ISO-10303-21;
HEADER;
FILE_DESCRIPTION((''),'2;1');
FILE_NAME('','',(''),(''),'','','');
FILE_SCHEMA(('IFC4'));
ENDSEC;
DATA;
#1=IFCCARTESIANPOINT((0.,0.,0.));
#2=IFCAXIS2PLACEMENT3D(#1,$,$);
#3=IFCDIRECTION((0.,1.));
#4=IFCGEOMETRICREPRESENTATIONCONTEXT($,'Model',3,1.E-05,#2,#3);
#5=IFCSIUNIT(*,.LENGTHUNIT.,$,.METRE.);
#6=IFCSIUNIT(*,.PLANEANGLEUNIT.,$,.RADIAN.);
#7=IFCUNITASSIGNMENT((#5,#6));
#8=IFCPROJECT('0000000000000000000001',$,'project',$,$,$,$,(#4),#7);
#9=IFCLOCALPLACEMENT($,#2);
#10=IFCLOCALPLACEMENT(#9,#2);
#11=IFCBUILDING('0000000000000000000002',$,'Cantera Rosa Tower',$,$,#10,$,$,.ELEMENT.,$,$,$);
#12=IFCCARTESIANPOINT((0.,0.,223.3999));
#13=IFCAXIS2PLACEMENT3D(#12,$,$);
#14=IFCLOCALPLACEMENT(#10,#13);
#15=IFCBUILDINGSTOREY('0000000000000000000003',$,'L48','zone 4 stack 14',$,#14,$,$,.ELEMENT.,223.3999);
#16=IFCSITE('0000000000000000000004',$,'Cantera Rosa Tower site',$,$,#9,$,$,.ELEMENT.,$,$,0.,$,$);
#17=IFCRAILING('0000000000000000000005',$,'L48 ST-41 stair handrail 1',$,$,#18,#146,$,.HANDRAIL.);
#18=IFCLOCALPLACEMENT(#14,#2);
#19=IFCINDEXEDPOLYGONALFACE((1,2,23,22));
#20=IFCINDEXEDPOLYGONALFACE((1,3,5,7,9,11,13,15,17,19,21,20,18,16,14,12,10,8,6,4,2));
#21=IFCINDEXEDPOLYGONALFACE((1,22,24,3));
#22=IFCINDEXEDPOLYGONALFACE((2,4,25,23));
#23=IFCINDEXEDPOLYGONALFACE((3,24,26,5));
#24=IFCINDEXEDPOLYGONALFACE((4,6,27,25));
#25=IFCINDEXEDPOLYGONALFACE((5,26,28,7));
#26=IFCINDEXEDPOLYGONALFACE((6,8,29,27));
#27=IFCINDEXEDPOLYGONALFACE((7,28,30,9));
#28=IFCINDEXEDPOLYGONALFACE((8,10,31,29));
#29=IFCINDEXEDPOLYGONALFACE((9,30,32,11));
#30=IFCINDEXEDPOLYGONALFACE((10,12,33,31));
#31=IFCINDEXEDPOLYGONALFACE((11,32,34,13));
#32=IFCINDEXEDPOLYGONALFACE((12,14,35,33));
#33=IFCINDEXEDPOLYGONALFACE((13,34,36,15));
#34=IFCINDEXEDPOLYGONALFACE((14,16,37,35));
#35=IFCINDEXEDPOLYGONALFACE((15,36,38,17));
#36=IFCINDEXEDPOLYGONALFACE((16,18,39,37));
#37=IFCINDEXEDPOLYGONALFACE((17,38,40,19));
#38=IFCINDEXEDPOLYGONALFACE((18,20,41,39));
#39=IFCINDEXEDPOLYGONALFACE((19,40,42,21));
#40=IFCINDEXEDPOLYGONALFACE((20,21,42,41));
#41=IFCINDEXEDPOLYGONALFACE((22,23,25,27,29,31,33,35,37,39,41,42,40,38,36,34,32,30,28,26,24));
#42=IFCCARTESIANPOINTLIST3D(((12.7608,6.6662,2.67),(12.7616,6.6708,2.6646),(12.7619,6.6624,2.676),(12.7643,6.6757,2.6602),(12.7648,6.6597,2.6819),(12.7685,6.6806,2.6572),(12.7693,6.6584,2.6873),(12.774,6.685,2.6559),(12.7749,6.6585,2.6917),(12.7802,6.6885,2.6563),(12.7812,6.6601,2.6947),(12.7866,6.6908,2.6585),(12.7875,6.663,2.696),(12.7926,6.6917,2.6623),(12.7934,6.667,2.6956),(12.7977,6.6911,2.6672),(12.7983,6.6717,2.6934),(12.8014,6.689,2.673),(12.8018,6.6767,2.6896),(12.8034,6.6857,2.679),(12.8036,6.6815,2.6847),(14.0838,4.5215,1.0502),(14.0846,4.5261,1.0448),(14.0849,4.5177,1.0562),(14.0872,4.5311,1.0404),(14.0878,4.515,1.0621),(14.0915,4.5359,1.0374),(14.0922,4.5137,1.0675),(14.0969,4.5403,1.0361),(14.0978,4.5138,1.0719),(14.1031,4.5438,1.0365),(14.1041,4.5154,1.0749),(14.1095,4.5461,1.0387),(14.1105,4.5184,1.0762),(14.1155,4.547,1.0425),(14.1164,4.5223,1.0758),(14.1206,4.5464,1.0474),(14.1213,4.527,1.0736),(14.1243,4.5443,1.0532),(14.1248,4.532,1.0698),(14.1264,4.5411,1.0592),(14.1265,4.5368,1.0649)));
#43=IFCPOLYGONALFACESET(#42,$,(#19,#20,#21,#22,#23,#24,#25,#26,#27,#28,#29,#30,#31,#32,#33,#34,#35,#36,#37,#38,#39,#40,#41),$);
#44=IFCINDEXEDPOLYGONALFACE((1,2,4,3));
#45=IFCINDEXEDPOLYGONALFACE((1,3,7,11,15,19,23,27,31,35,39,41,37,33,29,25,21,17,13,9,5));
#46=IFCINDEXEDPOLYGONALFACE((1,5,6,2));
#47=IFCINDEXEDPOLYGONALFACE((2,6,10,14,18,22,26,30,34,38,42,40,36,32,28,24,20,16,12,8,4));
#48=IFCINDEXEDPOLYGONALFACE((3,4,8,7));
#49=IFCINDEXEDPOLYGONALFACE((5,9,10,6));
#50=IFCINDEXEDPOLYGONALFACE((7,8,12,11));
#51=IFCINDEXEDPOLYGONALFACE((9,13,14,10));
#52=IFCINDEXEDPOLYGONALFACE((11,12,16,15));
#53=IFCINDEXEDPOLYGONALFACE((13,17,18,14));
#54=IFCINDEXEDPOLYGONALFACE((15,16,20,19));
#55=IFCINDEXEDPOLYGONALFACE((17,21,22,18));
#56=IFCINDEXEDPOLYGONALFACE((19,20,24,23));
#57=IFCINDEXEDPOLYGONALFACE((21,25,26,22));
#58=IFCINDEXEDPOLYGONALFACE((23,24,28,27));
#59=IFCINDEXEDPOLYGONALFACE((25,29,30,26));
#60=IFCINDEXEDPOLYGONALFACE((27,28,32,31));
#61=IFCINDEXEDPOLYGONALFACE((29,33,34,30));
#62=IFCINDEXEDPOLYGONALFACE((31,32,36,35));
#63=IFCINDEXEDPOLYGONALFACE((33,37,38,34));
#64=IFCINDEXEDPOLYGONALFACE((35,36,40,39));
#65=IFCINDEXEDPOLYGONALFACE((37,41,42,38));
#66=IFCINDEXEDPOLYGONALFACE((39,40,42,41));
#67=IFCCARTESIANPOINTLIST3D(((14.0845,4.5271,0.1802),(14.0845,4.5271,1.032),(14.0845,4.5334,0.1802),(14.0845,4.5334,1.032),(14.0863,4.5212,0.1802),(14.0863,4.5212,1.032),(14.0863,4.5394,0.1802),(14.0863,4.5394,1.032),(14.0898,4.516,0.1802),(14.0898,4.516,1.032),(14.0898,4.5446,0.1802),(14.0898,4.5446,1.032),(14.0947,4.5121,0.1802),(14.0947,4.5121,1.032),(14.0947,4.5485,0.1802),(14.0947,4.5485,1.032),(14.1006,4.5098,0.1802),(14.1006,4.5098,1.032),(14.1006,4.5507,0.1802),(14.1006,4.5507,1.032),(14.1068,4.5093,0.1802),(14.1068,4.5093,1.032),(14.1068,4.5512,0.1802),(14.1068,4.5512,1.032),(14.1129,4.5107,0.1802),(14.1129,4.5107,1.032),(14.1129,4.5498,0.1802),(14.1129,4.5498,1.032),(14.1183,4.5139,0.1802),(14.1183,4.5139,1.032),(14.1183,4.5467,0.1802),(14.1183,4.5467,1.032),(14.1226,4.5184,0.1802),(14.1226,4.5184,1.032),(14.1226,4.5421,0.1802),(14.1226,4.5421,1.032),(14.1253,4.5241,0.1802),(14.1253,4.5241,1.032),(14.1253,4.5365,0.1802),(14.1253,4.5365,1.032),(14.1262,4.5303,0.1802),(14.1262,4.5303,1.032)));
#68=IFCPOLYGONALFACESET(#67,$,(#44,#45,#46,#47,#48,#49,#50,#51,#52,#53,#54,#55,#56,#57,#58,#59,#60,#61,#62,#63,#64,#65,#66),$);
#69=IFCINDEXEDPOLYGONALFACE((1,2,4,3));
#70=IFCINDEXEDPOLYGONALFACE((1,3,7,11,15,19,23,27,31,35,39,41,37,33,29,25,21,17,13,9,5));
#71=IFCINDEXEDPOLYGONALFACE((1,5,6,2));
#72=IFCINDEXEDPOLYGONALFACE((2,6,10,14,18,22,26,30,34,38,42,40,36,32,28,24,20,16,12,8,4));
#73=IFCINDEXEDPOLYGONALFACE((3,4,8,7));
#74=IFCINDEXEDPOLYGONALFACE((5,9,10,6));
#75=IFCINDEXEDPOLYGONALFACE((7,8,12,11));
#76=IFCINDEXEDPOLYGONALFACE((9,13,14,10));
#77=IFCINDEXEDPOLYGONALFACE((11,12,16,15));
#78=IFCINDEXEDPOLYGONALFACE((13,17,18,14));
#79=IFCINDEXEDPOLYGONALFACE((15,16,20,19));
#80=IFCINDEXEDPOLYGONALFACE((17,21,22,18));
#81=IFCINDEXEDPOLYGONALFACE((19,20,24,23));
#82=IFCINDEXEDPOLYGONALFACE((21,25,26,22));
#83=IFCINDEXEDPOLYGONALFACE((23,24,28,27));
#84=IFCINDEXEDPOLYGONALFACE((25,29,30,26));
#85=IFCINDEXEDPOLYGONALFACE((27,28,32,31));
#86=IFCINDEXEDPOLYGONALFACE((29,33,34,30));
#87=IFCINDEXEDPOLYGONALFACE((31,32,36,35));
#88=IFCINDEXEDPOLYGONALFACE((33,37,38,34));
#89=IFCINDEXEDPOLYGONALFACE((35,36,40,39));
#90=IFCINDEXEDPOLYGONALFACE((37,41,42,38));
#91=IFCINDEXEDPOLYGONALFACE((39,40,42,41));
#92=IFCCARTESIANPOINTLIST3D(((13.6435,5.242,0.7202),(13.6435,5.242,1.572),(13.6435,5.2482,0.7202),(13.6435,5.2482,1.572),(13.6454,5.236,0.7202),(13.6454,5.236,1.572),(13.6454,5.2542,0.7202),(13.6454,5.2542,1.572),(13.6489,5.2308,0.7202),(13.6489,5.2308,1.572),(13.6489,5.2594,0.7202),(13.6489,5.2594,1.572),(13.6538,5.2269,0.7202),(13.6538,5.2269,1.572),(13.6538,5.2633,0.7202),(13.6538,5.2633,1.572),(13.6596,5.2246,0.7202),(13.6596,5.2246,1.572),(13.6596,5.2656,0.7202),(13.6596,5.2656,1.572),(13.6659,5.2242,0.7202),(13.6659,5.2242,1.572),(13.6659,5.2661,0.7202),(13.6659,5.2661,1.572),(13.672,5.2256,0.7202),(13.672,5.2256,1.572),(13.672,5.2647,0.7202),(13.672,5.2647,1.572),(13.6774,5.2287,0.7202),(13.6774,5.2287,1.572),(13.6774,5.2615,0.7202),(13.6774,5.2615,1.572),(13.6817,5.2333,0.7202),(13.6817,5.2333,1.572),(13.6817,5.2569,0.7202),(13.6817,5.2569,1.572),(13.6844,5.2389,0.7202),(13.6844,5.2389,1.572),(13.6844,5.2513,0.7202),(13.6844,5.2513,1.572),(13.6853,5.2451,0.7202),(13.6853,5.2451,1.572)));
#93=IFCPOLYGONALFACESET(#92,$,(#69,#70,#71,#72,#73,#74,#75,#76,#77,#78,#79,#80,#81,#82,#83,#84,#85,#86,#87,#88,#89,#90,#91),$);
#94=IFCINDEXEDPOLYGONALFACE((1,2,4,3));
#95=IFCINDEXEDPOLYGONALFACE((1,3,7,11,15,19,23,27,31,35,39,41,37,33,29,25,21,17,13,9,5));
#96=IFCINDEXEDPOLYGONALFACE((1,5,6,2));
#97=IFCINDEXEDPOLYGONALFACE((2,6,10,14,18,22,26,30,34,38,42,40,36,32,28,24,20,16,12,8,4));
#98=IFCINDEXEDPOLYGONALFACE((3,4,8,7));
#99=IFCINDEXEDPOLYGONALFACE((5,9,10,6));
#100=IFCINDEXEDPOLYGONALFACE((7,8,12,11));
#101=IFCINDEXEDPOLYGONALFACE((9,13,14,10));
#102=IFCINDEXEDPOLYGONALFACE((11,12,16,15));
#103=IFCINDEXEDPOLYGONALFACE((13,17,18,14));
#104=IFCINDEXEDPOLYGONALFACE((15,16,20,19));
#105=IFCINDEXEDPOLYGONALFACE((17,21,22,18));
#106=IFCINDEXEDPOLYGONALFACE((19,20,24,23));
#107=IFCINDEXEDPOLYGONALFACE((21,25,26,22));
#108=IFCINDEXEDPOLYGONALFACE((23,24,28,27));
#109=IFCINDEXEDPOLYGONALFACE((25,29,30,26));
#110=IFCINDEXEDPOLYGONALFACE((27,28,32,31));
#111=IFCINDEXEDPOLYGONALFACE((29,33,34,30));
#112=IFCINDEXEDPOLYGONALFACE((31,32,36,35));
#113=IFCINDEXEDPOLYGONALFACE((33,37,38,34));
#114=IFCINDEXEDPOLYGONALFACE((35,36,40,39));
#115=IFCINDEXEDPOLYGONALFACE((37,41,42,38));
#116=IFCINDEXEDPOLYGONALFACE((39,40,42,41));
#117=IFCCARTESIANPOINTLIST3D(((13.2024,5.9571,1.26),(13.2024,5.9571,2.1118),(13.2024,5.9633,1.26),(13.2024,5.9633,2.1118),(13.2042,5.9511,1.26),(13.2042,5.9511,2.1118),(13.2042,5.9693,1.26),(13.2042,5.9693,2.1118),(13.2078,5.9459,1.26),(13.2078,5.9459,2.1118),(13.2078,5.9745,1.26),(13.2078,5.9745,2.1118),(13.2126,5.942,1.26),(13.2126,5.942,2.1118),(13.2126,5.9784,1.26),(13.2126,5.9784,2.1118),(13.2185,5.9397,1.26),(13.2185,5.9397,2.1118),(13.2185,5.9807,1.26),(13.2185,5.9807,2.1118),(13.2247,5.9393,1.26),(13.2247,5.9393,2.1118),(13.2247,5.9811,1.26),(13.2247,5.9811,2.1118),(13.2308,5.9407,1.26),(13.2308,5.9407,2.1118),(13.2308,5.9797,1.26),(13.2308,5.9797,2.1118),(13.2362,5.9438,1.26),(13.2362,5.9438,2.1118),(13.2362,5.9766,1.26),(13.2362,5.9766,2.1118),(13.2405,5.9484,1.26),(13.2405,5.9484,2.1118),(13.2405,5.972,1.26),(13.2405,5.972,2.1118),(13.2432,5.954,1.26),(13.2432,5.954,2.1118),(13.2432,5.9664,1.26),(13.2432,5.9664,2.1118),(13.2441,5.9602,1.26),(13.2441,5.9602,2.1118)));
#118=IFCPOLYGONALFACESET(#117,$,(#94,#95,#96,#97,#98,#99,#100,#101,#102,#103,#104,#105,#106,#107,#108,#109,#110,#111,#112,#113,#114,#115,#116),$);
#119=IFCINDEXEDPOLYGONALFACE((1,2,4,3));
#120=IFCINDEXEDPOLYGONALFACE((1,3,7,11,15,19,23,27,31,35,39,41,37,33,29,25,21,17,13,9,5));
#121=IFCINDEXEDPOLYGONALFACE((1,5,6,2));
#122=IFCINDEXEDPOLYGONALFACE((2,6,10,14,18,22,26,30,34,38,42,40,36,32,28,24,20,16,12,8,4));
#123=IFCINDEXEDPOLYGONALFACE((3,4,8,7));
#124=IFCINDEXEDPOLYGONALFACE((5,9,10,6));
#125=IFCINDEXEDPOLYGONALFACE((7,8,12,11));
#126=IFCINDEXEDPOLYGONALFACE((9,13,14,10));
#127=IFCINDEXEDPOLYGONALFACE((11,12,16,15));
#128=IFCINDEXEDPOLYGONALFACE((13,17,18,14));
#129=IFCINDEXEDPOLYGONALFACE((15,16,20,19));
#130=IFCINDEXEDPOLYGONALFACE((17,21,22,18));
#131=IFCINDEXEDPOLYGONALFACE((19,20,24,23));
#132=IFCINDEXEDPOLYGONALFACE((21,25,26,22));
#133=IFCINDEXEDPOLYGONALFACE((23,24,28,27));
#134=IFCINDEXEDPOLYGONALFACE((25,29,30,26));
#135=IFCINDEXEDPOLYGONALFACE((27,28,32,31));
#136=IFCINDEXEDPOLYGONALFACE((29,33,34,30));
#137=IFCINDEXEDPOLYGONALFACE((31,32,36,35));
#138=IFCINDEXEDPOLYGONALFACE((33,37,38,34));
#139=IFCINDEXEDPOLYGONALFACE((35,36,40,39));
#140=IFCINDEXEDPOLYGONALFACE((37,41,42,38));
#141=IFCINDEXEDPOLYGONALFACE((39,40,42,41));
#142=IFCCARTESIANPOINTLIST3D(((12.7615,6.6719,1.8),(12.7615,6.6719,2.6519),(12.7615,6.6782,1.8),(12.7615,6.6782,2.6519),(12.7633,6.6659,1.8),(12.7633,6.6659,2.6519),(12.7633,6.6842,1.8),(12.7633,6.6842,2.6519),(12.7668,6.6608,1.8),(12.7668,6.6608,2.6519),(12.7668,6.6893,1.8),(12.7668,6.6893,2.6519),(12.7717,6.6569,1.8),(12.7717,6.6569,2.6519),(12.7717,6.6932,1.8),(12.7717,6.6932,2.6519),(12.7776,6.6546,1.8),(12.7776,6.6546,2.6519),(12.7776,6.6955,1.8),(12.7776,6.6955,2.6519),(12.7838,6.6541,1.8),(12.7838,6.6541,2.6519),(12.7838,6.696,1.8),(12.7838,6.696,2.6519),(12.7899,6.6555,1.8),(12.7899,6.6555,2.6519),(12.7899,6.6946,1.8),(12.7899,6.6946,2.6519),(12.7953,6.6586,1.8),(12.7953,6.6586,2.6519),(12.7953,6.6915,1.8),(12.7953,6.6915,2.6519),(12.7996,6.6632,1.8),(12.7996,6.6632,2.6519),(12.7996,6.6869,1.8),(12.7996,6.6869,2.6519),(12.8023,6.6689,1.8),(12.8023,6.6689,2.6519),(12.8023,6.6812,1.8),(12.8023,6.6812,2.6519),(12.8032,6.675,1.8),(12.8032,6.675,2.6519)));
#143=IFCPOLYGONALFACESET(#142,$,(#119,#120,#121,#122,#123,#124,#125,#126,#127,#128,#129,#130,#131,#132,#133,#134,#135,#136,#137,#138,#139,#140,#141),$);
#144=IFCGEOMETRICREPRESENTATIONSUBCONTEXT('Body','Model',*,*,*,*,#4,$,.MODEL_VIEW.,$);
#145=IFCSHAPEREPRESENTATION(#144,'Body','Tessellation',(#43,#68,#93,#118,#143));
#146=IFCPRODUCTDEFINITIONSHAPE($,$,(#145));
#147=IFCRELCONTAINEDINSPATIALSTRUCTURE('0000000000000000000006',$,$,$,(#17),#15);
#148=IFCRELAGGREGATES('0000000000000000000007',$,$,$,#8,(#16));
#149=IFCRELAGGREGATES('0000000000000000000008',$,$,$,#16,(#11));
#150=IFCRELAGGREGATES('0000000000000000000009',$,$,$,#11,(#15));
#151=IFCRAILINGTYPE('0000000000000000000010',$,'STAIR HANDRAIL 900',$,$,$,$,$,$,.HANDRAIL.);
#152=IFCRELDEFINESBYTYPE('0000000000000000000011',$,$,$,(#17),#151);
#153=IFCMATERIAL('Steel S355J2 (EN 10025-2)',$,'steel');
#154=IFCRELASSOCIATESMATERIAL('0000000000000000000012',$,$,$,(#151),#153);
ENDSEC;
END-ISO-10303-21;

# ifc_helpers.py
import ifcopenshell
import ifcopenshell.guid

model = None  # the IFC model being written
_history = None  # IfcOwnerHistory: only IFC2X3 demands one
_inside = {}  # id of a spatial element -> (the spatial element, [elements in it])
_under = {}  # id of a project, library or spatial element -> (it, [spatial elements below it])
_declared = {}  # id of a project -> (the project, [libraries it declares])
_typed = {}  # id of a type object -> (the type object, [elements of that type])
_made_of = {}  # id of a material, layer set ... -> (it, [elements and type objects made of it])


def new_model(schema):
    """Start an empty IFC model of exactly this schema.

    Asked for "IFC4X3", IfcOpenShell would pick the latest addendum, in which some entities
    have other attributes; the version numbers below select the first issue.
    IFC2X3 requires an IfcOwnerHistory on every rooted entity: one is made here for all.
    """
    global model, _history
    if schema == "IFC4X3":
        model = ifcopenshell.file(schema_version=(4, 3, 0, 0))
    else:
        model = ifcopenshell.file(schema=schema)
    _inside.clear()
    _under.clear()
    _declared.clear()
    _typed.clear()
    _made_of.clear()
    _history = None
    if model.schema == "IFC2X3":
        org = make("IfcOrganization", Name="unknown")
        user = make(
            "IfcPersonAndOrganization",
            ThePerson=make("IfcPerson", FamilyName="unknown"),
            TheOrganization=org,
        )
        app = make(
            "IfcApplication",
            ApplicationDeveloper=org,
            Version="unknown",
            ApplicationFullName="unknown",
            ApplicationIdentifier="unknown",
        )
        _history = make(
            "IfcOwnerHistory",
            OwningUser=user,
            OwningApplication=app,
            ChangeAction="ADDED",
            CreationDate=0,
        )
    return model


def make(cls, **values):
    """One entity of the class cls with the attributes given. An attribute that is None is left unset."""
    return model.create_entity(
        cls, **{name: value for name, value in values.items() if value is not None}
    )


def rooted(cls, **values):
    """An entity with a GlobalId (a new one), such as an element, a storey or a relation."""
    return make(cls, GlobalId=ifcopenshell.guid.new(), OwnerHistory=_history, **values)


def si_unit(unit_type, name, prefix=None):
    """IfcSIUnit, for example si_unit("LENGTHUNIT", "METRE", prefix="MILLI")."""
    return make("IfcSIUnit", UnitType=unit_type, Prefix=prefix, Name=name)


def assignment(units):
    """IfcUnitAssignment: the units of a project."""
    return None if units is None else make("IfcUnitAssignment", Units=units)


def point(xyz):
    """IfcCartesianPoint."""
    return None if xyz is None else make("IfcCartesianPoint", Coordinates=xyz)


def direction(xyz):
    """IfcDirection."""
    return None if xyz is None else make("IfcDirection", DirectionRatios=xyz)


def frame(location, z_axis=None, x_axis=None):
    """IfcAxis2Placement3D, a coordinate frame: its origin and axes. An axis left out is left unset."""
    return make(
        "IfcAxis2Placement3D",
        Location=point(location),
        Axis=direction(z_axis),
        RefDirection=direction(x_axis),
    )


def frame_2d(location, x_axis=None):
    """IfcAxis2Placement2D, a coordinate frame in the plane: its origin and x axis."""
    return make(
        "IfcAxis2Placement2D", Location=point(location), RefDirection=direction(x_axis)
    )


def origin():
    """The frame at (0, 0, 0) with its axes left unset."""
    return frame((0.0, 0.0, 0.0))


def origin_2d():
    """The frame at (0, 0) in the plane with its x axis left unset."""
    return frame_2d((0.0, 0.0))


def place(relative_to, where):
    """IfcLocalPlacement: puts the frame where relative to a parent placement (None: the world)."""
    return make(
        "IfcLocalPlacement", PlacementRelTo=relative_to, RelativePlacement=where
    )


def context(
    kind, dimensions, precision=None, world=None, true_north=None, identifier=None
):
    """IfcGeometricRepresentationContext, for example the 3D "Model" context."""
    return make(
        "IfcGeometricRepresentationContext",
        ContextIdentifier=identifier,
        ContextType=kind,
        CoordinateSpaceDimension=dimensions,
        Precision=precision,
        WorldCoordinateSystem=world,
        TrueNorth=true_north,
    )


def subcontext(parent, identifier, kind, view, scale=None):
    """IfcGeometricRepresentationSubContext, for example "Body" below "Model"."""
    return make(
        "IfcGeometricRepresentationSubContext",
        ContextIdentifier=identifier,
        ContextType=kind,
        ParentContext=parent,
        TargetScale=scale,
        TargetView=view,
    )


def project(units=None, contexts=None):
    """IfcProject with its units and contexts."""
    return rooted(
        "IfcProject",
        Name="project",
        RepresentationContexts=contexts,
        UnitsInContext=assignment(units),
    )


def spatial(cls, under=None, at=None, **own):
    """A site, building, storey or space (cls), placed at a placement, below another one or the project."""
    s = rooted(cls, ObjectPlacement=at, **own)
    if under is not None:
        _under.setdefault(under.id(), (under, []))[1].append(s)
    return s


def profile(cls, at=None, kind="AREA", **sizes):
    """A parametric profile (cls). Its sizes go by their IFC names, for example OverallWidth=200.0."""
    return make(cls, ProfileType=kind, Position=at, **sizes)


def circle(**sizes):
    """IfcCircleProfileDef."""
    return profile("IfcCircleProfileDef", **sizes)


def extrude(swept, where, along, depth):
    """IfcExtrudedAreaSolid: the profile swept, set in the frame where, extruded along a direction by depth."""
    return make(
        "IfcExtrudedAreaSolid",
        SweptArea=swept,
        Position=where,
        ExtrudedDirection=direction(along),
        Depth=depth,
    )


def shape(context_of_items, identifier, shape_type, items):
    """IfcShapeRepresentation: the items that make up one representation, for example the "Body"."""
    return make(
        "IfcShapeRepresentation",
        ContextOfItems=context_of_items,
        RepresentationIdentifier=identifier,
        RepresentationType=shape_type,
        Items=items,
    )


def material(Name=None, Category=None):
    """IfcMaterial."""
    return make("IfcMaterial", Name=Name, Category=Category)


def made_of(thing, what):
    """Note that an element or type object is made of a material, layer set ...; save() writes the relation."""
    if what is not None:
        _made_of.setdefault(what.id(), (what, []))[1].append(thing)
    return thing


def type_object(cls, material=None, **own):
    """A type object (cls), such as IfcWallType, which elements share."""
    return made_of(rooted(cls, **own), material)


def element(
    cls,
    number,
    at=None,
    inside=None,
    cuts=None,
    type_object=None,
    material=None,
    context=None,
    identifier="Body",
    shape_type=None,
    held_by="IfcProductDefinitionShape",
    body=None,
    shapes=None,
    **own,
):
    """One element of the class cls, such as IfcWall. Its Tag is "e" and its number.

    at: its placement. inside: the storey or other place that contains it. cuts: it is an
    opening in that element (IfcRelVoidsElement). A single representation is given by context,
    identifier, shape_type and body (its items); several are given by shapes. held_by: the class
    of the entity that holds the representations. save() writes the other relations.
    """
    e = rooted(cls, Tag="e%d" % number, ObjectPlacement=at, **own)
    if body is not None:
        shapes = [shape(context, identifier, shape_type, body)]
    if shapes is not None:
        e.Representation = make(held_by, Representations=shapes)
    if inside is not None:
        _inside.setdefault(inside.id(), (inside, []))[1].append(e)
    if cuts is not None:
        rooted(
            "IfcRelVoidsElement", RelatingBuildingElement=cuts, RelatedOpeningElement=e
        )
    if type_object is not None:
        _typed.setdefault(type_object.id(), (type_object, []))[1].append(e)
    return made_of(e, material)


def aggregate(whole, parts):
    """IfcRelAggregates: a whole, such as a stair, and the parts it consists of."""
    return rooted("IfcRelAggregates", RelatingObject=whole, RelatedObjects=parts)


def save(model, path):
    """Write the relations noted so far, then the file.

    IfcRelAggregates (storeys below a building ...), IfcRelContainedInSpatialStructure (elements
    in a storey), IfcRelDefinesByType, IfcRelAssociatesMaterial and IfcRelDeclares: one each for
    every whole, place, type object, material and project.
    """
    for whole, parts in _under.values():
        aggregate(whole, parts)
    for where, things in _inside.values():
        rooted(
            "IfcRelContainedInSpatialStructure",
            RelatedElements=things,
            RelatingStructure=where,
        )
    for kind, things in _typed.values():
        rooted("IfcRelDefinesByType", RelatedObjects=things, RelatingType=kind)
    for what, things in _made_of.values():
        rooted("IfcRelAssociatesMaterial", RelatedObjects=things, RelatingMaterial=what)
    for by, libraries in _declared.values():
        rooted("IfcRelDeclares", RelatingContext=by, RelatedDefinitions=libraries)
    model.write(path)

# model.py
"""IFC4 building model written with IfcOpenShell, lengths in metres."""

from ifc_helpers import new_model, si_unit, direction, frame, origin, origin_2d, place, context, subcontext, project, spatial, circle, extrude, material, type_object, element, save


model = new_model("IFC4")

# Units and contexts
model_context = context("Model", 3, precision=1e-05, world=origin(), true_north=direction((0.0, 1.0)))
body_context = subcontext(model_context, "Body", "Model", "MODEL_VIEW")
ifc_project = project(units=[si_unit("LENGTHUNIT", "METRE"), si_unit("PLANEANGLEUNIT", "RADIAN")], contexts=[model_context])

# Site, building, storey
site_placement = place(None, origin())
site = spatial("IfcSite", under=ifc_project, at=site_placement, Name="Cantera Rosa Tower site", CompositionType="ELEMENT", RefElevation=0.0)
building_placement = place(site_placement, origin())
building = spatial("IfcBuilding", under=site, at=building_placement, Name="Cantera Rosa Tower", CompositionType="ELEMENT")
storey_placement = place(building_placement, frame((0.0, 0.0, 223.3999)))
storey = spatial("IfcBuildingStorey", under=building, at=storey_placement, Name="L48", Description="zone 4 stack 14", CompositionType="ELEMENT", Elevation=223.3999)

# Railing
ifc_material_1 = material(Name="Steel S355J2 (EN 10025-2)", Category="steel")
railing_type_1 = type_object("IfcRailingType", Name="STAIR HANDRAIL 900", PredefinedType="HANDRAIL", material=ifc_material_1)
railing_1_placement = place(storey_placement, frame((14.1052, 4.5303, 0.1802)))
element("IfcRailing", 1, at=railing_1_placement, inside=storey, type_object=railing_type_1, Name="L48 ST-41 stair handrail 1", PredefinedType="HANDRAIL", context=body_context, shape_type="SweptSolid", body=[
    extrude(circle(Radius=0.0239, at=origin_2d()), frame((0.0, 0.0, 0.876), z_axis=(-0.441629, 0.715945, 0.540728), x_axis=(-0.851102, -0.525, 0.0)), (0.0, 0.0, 1.0), 2.9956),
    extrude(circle(Radius=0.021, at=origin_2d()), origin(), (0.0, 0.0, 1.0), 0.8518),
    extrude(circle(Radius=0.021, at=origin_2d()), frame((-0.4409, 0.7148, 0.54)), (0.0, 0.0, 1.0), 0.8518),
    extrude(circle(Radius=0.021, at=origin_2d()), frame((-0.8821, 1.4299, 1.0798)), (0.0, 0.0, 1.0), 0.8518),
    extrude(circle(Radius=0.021, at=origin_2d()), frame((-1.323, 2.1448, 1.6199)), (0.0, 0.0, 1.0), 0.8518),
])

save(model, "model.ifc")
